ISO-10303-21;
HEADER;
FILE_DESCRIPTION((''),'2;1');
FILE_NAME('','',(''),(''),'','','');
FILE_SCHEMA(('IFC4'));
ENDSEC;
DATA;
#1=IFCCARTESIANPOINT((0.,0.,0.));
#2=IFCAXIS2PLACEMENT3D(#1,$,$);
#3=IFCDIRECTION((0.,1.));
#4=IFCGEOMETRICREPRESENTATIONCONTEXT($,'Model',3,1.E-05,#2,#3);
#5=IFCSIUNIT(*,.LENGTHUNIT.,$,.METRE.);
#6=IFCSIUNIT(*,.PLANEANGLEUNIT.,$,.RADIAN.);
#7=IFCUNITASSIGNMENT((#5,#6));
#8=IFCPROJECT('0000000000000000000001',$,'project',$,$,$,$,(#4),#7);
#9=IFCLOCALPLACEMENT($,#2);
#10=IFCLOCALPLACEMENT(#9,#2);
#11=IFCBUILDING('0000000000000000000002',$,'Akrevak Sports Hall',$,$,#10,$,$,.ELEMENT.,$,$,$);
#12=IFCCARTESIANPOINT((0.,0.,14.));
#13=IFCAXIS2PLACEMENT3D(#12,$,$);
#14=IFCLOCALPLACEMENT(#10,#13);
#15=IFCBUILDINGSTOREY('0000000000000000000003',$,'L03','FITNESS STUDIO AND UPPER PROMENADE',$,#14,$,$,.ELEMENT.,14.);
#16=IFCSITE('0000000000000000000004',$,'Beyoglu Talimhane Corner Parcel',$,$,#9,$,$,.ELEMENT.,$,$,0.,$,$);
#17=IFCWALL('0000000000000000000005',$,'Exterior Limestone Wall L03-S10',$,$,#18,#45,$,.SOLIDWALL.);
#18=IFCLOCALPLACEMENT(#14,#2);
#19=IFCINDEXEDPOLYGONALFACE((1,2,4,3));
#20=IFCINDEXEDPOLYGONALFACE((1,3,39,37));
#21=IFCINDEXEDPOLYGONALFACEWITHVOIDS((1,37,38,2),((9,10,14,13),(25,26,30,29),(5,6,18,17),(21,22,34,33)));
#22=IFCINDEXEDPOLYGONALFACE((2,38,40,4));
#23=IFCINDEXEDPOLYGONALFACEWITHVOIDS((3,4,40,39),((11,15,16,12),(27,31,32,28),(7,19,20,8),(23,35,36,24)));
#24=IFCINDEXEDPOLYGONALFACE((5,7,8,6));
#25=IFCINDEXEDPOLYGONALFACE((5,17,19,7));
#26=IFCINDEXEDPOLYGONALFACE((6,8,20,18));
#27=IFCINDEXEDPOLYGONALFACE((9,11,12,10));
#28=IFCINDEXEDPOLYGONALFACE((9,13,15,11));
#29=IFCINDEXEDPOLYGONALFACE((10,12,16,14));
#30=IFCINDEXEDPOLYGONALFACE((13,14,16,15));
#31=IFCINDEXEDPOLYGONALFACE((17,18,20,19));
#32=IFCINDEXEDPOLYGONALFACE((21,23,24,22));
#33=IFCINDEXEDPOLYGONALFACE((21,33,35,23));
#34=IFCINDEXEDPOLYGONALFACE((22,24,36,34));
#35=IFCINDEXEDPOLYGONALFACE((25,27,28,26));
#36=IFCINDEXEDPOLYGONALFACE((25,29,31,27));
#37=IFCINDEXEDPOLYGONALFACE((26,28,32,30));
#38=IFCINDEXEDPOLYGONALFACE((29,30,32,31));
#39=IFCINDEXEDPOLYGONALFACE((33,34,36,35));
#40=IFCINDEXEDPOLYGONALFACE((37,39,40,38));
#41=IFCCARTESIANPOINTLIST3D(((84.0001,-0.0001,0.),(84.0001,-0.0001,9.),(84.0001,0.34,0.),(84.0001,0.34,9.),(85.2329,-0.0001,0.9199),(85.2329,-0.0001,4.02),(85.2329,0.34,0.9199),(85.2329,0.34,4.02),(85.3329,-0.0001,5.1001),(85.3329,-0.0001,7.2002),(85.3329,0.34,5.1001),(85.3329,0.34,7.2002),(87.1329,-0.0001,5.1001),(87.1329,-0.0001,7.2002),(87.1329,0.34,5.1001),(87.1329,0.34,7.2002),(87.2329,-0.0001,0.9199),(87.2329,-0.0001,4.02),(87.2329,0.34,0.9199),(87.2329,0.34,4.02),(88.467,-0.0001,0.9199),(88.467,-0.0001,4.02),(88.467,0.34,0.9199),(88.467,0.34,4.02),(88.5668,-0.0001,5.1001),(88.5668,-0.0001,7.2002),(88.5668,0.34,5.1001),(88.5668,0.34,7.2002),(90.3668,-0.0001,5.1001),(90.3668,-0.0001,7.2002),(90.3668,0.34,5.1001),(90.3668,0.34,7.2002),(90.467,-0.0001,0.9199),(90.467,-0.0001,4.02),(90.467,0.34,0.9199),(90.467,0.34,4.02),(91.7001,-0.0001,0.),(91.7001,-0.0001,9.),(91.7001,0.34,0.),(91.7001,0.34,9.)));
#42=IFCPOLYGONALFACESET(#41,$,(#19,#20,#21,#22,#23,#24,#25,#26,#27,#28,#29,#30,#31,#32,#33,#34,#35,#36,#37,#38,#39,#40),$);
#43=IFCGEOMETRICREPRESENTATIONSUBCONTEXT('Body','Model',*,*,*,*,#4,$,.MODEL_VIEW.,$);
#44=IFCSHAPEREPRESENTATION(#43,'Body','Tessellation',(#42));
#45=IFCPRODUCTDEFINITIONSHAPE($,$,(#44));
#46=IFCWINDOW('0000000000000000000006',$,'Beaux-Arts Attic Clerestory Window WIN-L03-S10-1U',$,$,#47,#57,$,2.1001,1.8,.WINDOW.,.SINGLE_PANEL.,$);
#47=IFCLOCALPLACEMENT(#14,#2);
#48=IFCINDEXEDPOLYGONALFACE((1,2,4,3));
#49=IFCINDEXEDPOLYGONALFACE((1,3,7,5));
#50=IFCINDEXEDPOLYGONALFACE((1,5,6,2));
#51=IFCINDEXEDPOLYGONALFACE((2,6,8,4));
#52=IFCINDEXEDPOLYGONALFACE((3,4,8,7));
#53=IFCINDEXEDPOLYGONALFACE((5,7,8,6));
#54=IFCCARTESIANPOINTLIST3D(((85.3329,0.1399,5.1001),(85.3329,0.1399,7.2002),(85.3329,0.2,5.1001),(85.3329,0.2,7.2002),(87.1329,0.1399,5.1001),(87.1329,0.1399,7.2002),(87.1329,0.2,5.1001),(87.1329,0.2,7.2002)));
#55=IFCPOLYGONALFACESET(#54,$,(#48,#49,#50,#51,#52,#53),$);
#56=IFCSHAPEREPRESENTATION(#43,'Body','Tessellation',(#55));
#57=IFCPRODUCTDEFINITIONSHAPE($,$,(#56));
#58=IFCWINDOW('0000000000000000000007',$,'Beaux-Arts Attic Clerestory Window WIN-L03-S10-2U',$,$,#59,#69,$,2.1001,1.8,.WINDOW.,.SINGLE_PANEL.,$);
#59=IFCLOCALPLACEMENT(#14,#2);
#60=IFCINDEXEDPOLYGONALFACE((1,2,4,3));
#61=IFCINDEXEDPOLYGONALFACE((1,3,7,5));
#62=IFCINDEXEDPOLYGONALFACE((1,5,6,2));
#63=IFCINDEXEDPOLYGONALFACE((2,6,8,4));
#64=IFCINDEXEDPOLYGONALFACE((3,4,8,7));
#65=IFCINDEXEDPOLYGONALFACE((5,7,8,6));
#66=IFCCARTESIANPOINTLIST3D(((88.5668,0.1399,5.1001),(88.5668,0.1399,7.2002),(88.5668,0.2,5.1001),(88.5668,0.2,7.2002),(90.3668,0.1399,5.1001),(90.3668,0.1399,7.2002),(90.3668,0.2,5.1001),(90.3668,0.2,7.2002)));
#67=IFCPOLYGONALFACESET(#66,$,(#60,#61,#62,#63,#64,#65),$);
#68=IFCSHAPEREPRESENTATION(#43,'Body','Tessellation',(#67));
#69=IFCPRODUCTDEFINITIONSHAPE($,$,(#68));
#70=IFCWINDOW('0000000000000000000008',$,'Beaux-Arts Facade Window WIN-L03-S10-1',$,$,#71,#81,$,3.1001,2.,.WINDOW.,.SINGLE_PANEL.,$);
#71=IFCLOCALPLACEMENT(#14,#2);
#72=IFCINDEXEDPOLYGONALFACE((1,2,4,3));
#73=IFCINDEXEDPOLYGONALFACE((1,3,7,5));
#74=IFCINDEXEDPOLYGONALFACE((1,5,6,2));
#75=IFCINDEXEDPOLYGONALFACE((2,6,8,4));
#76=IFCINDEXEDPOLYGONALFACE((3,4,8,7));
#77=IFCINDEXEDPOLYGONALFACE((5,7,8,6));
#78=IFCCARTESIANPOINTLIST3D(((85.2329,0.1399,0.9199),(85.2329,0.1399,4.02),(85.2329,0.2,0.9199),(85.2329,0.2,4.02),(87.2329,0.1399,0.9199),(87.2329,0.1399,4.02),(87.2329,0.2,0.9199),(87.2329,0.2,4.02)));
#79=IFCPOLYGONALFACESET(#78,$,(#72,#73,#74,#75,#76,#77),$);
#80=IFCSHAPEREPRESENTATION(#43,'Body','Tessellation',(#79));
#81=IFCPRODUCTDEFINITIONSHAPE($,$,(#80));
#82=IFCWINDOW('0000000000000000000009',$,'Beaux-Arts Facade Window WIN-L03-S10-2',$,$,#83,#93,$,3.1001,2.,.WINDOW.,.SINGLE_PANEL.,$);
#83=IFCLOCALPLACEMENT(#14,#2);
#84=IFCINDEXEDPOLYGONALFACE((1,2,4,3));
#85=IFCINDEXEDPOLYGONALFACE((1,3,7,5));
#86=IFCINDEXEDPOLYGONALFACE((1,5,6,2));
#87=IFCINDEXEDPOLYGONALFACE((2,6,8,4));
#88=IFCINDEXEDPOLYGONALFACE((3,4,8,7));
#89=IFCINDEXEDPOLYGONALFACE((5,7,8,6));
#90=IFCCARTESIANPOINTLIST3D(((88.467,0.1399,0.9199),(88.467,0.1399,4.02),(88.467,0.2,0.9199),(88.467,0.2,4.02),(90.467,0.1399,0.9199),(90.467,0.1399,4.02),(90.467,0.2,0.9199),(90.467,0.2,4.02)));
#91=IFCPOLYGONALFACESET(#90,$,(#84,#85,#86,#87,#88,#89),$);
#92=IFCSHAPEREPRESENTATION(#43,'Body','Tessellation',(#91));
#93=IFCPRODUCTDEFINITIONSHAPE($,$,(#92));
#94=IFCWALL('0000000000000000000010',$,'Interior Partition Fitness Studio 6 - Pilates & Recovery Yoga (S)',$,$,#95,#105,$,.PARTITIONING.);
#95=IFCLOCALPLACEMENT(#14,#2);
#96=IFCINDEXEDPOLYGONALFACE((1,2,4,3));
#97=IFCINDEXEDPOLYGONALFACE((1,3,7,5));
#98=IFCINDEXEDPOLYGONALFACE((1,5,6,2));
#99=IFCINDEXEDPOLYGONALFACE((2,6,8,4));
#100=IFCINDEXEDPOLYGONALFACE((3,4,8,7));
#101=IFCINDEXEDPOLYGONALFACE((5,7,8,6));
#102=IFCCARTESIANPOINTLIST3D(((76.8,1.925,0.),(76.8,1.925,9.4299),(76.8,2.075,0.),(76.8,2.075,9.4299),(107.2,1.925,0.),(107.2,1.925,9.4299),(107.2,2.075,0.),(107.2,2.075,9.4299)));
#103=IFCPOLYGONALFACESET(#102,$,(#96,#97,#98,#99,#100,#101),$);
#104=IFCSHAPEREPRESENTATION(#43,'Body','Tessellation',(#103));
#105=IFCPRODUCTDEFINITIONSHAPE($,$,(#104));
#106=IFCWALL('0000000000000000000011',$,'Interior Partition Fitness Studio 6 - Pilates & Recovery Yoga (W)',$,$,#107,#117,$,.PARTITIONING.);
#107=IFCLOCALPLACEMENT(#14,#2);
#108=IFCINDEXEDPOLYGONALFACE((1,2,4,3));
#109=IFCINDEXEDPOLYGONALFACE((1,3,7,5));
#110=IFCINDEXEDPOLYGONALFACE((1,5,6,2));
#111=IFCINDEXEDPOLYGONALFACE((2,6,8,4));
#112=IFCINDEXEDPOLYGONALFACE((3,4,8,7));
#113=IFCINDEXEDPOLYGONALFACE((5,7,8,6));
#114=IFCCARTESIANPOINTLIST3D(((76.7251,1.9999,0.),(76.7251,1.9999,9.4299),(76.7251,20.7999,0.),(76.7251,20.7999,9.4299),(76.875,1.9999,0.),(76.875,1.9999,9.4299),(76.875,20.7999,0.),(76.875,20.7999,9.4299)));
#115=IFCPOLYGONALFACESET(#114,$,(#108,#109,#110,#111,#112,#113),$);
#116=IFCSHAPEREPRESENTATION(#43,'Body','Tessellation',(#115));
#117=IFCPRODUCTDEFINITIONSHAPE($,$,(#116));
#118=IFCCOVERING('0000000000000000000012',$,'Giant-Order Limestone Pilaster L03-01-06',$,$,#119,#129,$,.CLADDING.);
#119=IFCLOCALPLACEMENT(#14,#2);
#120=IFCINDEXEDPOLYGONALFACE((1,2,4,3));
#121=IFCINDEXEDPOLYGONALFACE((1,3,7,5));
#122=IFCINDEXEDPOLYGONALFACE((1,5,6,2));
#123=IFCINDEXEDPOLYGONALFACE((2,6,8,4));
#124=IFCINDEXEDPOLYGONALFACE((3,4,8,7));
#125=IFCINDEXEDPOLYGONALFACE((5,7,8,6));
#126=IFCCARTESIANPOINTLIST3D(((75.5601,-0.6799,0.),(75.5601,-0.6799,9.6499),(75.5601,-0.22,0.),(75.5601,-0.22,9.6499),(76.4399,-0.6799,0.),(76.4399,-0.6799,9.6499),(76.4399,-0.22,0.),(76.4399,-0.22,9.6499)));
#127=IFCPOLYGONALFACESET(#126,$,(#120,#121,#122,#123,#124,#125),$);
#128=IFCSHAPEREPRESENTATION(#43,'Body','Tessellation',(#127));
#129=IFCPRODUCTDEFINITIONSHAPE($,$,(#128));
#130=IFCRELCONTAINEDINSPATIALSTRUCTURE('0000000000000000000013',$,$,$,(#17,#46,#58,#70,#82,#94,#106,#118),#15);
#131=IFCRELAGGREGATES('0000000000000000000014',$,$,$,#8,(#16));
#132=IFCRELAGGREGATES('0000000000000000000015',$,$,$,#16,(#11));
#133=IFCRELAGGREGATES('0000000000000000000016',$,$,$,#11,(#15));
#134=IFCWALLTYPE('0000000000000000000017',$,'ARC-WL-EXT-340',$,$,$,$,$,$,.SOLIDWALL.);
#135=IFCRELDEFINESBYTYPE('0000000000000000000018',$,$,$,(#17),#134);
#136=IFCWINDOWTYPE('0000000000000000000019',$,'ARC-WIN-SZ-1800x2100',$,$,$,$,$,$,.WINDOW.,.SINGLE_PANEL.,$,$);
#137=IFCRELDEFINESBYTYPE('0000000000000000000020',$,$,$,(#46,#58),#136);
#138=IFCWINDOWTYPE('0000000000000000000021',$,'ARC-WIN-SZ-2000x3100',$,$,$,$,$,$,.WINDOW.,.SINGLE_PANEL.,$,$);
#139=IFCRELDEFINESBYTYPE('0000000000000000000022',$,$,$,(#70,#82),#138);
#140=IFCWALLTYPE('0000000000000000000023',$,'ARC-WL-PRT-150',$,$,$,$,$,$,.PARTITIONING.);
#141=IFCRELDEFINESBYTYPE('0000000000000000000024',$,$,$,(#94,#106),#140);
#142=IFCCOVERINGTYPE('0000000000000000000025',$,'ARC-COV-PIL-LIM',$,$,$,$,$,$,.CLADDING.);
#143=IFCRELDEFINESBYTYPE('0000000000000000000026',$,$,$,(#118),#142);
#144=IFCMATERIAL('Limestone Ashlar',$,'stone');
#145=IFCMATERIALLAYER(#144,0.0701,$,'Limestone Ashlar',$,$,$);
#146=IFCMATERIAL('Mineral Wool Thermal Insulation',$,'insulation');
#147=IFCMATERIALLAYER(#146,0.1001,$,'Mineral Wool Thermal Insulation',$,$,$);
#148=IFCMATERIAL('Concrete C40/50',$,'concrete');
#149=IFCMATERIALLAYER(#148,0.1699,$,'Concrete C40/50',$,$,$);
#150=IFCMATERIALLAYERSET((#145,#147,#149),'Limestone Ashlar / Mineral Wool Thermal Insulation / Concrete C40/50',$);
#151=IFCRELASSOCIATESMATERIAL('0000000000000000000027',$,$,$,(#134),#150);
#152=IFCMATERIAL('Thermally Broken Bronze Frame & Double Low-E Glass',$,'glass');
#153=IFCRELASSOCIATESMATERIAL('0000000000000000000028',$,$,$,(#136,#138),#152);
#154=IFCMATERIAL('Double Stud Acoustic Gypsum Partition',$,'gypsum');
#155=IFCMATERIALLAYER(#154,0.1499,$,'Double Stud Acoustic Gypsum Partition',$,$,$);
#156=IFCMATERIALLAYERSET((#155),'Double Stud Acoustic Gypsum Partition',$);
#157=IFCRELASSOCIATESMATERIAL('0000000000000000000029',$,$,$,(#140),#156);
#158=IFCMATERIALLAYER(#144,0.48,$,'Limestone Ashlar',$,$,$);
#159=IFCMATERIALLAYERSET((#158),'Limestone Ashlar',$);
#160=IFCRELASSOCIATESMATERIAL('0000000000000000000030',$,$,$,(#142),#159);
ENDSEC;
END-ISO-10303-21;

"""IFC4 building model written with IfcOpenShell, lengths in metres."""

from ifc_helpers import new_model, si_unit, direction, frame, frame_2d, origin, origin_2d, place, context, subcontext, project, spatial, rectangle, extrude, material, layer, layer_set, type_object, element, fill, save


model = new_model("IFC4")

# Units and contexts
model_context = context("Model", 3, precision=1e-05, world=origin(), true_north=direction((0.0, 1.0)))
body_context = subcontext(model_context, "Body", "Model", "MODEL_VIEW")
ifc_project = project(units=[si_unit("LENGTHUNIT", "METRE"), si_unit("PLANEANGLEUNIT", "RADIAN")], contexts=[model_context])

# Site, building, storey
site_placement = place(None, origin())
site = spatial("IfcSite", under=ifc_project, at=site_placement, Name="Beyoglu Talimhane Corner Parcel", CompositionType="ELEMENT", RefElevation=0.0)
building_placement = place(site_placement, origin())
building = spatial("IfcBuilding", under=site, at=building_placement, Name="Akrevak Sports Hall", CompositionType="ELEMENT")
storey_placement = place(building_placement, frame((0.0, 0.0, 14.0)))
storey = spatial("IfcBuildingStorey", under=building, at=storey_placement, Name="L03", Description="FITNESS STUDIO AND UPPER PROMENADE", CompositionType="ELEMENT", Elevation=14.0)

# Shared definitions
ifc_material_1 = material(Name="Concrete C40/50", Category="concrete")

# Wall, openings, windows
ifc_material_2 = material(Name="Limestone Ashlar", Category="stone")
ifc_layer_1 = layer(ifc_material_2, 0.0701, Name="Limestone Ashlar")
ifc_material_3 = material(Name="Mineral Wool Thermal Insulation", Category="insulation")
ifc_layer_2 = layer(ifc_material_3, 0.1001, Name="Mineral Wool Thermal Insulation")
ifc_layer_3 = layer(ifc_material_1, 0.1699, Name="Concrete C40/50")
ifc_layer_set_1 = layer_set([ifc_layer_1, ifc_layer_2, ifc_layer_3], Name="Limestone Ashlar / Mineral Wool Thermal Insulation / Concrete C40/50")
wall_type_1 = type_object("IfcWallType", Name="ARC-WL-EXT-340", PredefinedType="SOLIDWALL", material=ifc_layer_set_1)
ifc_material_4 = material(Name="Thermally Broken Bronze Frame & Double Low-E Glass", Category="glass")
window_type_1 = type_object("IfcWindowType", Name="ARC-WIN-SZ-1800x2100", PartitioningType="SINGLE_PANEL", PredefinedType="WINDOW", material=ifc_material_4)
window_type_2 = type_object("IfcWindowType", Name="ARC-WIN-SZ-2000x3100", PartitioningType="SINGLE_PANEL", PredefinedType="WINDOW", material=ifc_material_4)
wall_1_placement = place(storey_placement, frame((84.0, 0.1699, 0.0), z_axis=(0.0, 0.0, 1.0), x_axis=(1.0, 0.0, 0.0)))
wall_1 = element("IfcWall", 1, at=wall_1_placement, inside=storey, type_object=wall_type_1, Name="Exterior Limestone Wall L03-S10", PredefinedType="SOLIDWALL", context=body_context, shape_type="SweptSolid", body=[
    extrude(rectangle(XDim=7.7, YDim=0.3401, at=frame_2d((3.8501, 0.0))), origin(), (0.0, 0.0, 1.0), 9.0),
])
opening_1_placement = place(wall_1_placement, frame((1.2329, 0.0, 0.9199)))
opening_1 = element("IfcOpeningElement", 2, at=opening_1_placement, cuts=wall_1, PredefinedType="OPENING", context=body_context, shape_type="SweptSolid", body=[
    extrude(rectangle(XDim=2.0, YDim=3.1001, at=frame_2d((1.0, 1.55))), frame((0.0, 0.1821, 0.0), z_axis=(0.0, -1.0, 0.0), x_axis=(1.0, 0.0, 0.0)), (0.0, 0.0, 1.0), 0.364),
])
opening_2_placement = place(wall_1_placement, frame((1.333, 0.0, 5.1001)))
opening_2 = element("IfcOpeningElement", 3, at=opening_2_placement, cuts=wall_1, PredefinedType="OPENING", context=body_context, shape_type="SweptSolid", body=[
    extrude(rectangle(XDim=1.8, YDim=2.1001, at=frame_2d((0.8999, 1.05))), frame((0.0, 0.1821, 0.0), z_axis=(0.0, -1.0, 0.0), x_axis=(1.0, 0.0, 0.0)), (0.0, 0.0, 1.0), 0.364),
])
opening_3_placement = place(wall_1_placement, frame((4.467, 0.0, 0.9199)))
opening_3 = element("IfcOpeningElement", 4, at=opening_3_placement, cuts=wall_1, PredefinedType="OPENING", context=body_context, shape_type="SweptSolid", body=[
    extrude(rectangle(XDim=2.0, YDim=3.1001, at=frame_2d((1.0, 1.55))), frame((0.0, 0.1821, 0.0), z_axis=(0.0, -1.0, 0.0), x_axis=(1.0, 0.0, 0.0)), (0.0, 0.0, 1.0), 0.364),
])
opening_4_placement = place(wall_1_placement, frame((4.5669, 0.0, 5.1001)))
opening_4 = element("IfcOpeningElement", 5, at=opening_4_placement, cuts=wall_1, PredefinedType="OPENING", context=body_context, shape_type="SweptSolid", body=[
    extrude(rectangle(XDim=1.8, YDim=2.1001, at=frame_2d((0.8999, 1.05))), frame((0.0, 0.1821, 0.0), z_axis=(0.0, -1.0, 0.0), x_axis=(1.0, 0.0, 0.0)), (0.0, 0.0, 1.0), 0.364),
])
window_1_placement = place(opening_2_placement, origin())
window_1 = element("IfcWindow", 6, at=window_1_placement, inside=storey, type_object=window_type_1, Name="Beaux-Arts Attic Clerestory Window WIN-L03-S10-1U", OverallHeight=2.1001, OverallWidth=1.8, PartitioningType="SINGLE_PANEL", PredefinedType="WINDOW", context=body_context, shape_type="SweptSolid", body=[
    extrude(rectangle(XDim=1.8, YDim=2.1001, at=frame_2d((0.8999, 1.05))), frame((0.0, 0.03, 0.0), z_axis=(0.0, -1.0, 0.0), x_axis=(1.0, 0.0, 0.0)), (0.0, 0.0, 1.0), 0.0601),
])
fill(opening_2, window_1)
window_2_placement = place(opening_4_placement, origin())
window_2 = element("IfcWindow", 7, at=window_2_placement, inside=storey, type_object=window_type_1, Name="Beaux-Arts Attic Clerestory Window WIN-L03-S10-2U", OverallHeight=2.1001, OverallWidth=1.8, PartitioningType="SINGLE_PANEL", PredefinedType="WINDOW", context=body_context, shape_type="SweptSolid", body=[
    extrude(rectangle(XDim=1.8, YDim=2.1001, at=frame_2d((0.8999, 1.05))), frame((0.0, 0.03, 0.0), z_axis=(0.0, -1.0, 0.0), x_axis=(1.0, 0.0, 0.0)), (0.0, 0.0, 1.0), 0.0601),
])
fill(opening_4, window_2)
window_3_placement = place(opening_1_placement, origin())
window_3 = element("IfcWindow", 8, at=window_3_placement, inside=storey, type_object=window_type_2, Name="Beaux-Arts Facade Window WIN-L03-S10-1", OverallHeight=3.1001, OverallWidth=2.0, PartitioningType="SINGLE_PANEL", PredefinedType="WINDOW", context=body_context, shape_type="SweptSolid", body=[
    extrude(rectangle(XDim=2.0, YDim=3.1001, at=frame_2d((1.0, 1.55))), frame((0.0, 0.03, 0.0), z_axis=(0.0, -1.0, 0.0), x_axis=(1.0, 0.0, 0.0)), (0.0, 0.0, 1.0), 0.0601),
])
fill(opening_1, window_3)
window_4_placement = place(opening_3_placement, origin())
window_4 = element("IfcWindow", 9, at=window_4_placement, inside=storey, type_object=window_type_2, Name="Beaux-Arts Facade Window WIN-L03-S10-2", OverallHeight=3.1001, OverallWidth=2.0, PartitioningType="SINGLE_PANEL", PredefinedType="WINDOW", context=body_context, shape_type="SweptSolid", body=[
    extrude(rectangle(XDim=2.0, YDim=3.1001, at=frame_2d((1.0, 1.55))), frame((0.0, 0.03, 0.0), z_axis=(0.0, -1.0, 0.0), x_axis=(1.0, 0.0, 0.0)), (0.0, 0.0, 1.0), 0.0601),
])
fill(opening_3, window_4)

# Walls
ifc_material_5 = material(Name="Double Stud Acoustic Gypsum Partition", Category="gypsum")
ifc_layer_4 = layer(ifc_material_5, 0.1499, Name="Double Stud Acoustic Gypsum Partition")
ifc_layer_set_2 = layer_set([ifc_layer_4], Name="Double Stud Acoustic Gypsum Partition")
wall_type_2 = type_object("IfcWallType", Name="ARC-WL-PRT-150", PredefinedType="PARTITIONING", material=ifc_layer_set_2)
wall_2_placement = place(storey_placement, frame((76.8, 2.0, 0.0), z_axis=(0.0, 0.0, 1.0), x_axis=(1.0, 0.0, 0.0)))
element("IfcWall", 10, at=wall_2_placement, inside=storey, type_object=wall_type_2, Name="Interior Partition Fitness Studio 6 - Pilates & Recovery Yoga (S)", PredefinedType="PARTITIONING", context=body_context, shape_type="SweptSolid", body=[
    extrude(rectangle(XDim=30.3999, YDim=0.1499, at=frame_2d((15.2, 0.0))), origin(), (0.0, 0.0, 1.0), 9.4299),
])
wall_3_placement = place(storey_placement, frame((76.8, 2.0, 0.0), z_axis=(0.0, 0.0, 1.0), x_axis=(0.0, 1.0, 0.0)))
element("IfcWall", 11, at=wall_3_placement, inside=storey, type_object=wall_type_2, Name="Interior Partition Fitness Studio 6 - Pilates & Recovery Yoga (W)", PredefinedType="PARTITIONING", context=body_context, shape_type="SweptSolid", body=[
    extrude(rectangle(XDim=18.8, YDim=0.1499, at=frame_2d((9.3999, 0.0))), origin(), (0.0, 0.0, 1.0), 9.4299),
])

# Covering
ifc_layer_5 = layer(ifc_material_2, 0.48, Name="Limestone Ashlar")
ifc_layer_set_3 = layer_set([ifc_layer_5], Name="Limestone Ashlar")
covering_type = type_object("IfcCoveringType", Name="ARC-COV-PIL-LIM", PredefinedType="CLADDING", material=ifc_layer_set_3)
covering_placement = place(storey_placement, frame((76.0, -0.45, 0.0), z_axis=(0.0, 0.0, 1.0), x_axis=(1.0, 0.0, 0.0)))
element("IfcCovering", 12, at=covering_placement, inside=storey, type_object=covering_type, Name="Giant-Order Limestone Pilaster L03-01-06", PredefinedType="CLADDING", context=body_context, shape_type="SweptSolid", body=[
    extrude(rectangle(XDim=0.8799, YDim=0.46, at=origin_2d()), origin(), (0.0, 0.0, 1.0), 9.6499),
])

save(model, "model.ifc")
